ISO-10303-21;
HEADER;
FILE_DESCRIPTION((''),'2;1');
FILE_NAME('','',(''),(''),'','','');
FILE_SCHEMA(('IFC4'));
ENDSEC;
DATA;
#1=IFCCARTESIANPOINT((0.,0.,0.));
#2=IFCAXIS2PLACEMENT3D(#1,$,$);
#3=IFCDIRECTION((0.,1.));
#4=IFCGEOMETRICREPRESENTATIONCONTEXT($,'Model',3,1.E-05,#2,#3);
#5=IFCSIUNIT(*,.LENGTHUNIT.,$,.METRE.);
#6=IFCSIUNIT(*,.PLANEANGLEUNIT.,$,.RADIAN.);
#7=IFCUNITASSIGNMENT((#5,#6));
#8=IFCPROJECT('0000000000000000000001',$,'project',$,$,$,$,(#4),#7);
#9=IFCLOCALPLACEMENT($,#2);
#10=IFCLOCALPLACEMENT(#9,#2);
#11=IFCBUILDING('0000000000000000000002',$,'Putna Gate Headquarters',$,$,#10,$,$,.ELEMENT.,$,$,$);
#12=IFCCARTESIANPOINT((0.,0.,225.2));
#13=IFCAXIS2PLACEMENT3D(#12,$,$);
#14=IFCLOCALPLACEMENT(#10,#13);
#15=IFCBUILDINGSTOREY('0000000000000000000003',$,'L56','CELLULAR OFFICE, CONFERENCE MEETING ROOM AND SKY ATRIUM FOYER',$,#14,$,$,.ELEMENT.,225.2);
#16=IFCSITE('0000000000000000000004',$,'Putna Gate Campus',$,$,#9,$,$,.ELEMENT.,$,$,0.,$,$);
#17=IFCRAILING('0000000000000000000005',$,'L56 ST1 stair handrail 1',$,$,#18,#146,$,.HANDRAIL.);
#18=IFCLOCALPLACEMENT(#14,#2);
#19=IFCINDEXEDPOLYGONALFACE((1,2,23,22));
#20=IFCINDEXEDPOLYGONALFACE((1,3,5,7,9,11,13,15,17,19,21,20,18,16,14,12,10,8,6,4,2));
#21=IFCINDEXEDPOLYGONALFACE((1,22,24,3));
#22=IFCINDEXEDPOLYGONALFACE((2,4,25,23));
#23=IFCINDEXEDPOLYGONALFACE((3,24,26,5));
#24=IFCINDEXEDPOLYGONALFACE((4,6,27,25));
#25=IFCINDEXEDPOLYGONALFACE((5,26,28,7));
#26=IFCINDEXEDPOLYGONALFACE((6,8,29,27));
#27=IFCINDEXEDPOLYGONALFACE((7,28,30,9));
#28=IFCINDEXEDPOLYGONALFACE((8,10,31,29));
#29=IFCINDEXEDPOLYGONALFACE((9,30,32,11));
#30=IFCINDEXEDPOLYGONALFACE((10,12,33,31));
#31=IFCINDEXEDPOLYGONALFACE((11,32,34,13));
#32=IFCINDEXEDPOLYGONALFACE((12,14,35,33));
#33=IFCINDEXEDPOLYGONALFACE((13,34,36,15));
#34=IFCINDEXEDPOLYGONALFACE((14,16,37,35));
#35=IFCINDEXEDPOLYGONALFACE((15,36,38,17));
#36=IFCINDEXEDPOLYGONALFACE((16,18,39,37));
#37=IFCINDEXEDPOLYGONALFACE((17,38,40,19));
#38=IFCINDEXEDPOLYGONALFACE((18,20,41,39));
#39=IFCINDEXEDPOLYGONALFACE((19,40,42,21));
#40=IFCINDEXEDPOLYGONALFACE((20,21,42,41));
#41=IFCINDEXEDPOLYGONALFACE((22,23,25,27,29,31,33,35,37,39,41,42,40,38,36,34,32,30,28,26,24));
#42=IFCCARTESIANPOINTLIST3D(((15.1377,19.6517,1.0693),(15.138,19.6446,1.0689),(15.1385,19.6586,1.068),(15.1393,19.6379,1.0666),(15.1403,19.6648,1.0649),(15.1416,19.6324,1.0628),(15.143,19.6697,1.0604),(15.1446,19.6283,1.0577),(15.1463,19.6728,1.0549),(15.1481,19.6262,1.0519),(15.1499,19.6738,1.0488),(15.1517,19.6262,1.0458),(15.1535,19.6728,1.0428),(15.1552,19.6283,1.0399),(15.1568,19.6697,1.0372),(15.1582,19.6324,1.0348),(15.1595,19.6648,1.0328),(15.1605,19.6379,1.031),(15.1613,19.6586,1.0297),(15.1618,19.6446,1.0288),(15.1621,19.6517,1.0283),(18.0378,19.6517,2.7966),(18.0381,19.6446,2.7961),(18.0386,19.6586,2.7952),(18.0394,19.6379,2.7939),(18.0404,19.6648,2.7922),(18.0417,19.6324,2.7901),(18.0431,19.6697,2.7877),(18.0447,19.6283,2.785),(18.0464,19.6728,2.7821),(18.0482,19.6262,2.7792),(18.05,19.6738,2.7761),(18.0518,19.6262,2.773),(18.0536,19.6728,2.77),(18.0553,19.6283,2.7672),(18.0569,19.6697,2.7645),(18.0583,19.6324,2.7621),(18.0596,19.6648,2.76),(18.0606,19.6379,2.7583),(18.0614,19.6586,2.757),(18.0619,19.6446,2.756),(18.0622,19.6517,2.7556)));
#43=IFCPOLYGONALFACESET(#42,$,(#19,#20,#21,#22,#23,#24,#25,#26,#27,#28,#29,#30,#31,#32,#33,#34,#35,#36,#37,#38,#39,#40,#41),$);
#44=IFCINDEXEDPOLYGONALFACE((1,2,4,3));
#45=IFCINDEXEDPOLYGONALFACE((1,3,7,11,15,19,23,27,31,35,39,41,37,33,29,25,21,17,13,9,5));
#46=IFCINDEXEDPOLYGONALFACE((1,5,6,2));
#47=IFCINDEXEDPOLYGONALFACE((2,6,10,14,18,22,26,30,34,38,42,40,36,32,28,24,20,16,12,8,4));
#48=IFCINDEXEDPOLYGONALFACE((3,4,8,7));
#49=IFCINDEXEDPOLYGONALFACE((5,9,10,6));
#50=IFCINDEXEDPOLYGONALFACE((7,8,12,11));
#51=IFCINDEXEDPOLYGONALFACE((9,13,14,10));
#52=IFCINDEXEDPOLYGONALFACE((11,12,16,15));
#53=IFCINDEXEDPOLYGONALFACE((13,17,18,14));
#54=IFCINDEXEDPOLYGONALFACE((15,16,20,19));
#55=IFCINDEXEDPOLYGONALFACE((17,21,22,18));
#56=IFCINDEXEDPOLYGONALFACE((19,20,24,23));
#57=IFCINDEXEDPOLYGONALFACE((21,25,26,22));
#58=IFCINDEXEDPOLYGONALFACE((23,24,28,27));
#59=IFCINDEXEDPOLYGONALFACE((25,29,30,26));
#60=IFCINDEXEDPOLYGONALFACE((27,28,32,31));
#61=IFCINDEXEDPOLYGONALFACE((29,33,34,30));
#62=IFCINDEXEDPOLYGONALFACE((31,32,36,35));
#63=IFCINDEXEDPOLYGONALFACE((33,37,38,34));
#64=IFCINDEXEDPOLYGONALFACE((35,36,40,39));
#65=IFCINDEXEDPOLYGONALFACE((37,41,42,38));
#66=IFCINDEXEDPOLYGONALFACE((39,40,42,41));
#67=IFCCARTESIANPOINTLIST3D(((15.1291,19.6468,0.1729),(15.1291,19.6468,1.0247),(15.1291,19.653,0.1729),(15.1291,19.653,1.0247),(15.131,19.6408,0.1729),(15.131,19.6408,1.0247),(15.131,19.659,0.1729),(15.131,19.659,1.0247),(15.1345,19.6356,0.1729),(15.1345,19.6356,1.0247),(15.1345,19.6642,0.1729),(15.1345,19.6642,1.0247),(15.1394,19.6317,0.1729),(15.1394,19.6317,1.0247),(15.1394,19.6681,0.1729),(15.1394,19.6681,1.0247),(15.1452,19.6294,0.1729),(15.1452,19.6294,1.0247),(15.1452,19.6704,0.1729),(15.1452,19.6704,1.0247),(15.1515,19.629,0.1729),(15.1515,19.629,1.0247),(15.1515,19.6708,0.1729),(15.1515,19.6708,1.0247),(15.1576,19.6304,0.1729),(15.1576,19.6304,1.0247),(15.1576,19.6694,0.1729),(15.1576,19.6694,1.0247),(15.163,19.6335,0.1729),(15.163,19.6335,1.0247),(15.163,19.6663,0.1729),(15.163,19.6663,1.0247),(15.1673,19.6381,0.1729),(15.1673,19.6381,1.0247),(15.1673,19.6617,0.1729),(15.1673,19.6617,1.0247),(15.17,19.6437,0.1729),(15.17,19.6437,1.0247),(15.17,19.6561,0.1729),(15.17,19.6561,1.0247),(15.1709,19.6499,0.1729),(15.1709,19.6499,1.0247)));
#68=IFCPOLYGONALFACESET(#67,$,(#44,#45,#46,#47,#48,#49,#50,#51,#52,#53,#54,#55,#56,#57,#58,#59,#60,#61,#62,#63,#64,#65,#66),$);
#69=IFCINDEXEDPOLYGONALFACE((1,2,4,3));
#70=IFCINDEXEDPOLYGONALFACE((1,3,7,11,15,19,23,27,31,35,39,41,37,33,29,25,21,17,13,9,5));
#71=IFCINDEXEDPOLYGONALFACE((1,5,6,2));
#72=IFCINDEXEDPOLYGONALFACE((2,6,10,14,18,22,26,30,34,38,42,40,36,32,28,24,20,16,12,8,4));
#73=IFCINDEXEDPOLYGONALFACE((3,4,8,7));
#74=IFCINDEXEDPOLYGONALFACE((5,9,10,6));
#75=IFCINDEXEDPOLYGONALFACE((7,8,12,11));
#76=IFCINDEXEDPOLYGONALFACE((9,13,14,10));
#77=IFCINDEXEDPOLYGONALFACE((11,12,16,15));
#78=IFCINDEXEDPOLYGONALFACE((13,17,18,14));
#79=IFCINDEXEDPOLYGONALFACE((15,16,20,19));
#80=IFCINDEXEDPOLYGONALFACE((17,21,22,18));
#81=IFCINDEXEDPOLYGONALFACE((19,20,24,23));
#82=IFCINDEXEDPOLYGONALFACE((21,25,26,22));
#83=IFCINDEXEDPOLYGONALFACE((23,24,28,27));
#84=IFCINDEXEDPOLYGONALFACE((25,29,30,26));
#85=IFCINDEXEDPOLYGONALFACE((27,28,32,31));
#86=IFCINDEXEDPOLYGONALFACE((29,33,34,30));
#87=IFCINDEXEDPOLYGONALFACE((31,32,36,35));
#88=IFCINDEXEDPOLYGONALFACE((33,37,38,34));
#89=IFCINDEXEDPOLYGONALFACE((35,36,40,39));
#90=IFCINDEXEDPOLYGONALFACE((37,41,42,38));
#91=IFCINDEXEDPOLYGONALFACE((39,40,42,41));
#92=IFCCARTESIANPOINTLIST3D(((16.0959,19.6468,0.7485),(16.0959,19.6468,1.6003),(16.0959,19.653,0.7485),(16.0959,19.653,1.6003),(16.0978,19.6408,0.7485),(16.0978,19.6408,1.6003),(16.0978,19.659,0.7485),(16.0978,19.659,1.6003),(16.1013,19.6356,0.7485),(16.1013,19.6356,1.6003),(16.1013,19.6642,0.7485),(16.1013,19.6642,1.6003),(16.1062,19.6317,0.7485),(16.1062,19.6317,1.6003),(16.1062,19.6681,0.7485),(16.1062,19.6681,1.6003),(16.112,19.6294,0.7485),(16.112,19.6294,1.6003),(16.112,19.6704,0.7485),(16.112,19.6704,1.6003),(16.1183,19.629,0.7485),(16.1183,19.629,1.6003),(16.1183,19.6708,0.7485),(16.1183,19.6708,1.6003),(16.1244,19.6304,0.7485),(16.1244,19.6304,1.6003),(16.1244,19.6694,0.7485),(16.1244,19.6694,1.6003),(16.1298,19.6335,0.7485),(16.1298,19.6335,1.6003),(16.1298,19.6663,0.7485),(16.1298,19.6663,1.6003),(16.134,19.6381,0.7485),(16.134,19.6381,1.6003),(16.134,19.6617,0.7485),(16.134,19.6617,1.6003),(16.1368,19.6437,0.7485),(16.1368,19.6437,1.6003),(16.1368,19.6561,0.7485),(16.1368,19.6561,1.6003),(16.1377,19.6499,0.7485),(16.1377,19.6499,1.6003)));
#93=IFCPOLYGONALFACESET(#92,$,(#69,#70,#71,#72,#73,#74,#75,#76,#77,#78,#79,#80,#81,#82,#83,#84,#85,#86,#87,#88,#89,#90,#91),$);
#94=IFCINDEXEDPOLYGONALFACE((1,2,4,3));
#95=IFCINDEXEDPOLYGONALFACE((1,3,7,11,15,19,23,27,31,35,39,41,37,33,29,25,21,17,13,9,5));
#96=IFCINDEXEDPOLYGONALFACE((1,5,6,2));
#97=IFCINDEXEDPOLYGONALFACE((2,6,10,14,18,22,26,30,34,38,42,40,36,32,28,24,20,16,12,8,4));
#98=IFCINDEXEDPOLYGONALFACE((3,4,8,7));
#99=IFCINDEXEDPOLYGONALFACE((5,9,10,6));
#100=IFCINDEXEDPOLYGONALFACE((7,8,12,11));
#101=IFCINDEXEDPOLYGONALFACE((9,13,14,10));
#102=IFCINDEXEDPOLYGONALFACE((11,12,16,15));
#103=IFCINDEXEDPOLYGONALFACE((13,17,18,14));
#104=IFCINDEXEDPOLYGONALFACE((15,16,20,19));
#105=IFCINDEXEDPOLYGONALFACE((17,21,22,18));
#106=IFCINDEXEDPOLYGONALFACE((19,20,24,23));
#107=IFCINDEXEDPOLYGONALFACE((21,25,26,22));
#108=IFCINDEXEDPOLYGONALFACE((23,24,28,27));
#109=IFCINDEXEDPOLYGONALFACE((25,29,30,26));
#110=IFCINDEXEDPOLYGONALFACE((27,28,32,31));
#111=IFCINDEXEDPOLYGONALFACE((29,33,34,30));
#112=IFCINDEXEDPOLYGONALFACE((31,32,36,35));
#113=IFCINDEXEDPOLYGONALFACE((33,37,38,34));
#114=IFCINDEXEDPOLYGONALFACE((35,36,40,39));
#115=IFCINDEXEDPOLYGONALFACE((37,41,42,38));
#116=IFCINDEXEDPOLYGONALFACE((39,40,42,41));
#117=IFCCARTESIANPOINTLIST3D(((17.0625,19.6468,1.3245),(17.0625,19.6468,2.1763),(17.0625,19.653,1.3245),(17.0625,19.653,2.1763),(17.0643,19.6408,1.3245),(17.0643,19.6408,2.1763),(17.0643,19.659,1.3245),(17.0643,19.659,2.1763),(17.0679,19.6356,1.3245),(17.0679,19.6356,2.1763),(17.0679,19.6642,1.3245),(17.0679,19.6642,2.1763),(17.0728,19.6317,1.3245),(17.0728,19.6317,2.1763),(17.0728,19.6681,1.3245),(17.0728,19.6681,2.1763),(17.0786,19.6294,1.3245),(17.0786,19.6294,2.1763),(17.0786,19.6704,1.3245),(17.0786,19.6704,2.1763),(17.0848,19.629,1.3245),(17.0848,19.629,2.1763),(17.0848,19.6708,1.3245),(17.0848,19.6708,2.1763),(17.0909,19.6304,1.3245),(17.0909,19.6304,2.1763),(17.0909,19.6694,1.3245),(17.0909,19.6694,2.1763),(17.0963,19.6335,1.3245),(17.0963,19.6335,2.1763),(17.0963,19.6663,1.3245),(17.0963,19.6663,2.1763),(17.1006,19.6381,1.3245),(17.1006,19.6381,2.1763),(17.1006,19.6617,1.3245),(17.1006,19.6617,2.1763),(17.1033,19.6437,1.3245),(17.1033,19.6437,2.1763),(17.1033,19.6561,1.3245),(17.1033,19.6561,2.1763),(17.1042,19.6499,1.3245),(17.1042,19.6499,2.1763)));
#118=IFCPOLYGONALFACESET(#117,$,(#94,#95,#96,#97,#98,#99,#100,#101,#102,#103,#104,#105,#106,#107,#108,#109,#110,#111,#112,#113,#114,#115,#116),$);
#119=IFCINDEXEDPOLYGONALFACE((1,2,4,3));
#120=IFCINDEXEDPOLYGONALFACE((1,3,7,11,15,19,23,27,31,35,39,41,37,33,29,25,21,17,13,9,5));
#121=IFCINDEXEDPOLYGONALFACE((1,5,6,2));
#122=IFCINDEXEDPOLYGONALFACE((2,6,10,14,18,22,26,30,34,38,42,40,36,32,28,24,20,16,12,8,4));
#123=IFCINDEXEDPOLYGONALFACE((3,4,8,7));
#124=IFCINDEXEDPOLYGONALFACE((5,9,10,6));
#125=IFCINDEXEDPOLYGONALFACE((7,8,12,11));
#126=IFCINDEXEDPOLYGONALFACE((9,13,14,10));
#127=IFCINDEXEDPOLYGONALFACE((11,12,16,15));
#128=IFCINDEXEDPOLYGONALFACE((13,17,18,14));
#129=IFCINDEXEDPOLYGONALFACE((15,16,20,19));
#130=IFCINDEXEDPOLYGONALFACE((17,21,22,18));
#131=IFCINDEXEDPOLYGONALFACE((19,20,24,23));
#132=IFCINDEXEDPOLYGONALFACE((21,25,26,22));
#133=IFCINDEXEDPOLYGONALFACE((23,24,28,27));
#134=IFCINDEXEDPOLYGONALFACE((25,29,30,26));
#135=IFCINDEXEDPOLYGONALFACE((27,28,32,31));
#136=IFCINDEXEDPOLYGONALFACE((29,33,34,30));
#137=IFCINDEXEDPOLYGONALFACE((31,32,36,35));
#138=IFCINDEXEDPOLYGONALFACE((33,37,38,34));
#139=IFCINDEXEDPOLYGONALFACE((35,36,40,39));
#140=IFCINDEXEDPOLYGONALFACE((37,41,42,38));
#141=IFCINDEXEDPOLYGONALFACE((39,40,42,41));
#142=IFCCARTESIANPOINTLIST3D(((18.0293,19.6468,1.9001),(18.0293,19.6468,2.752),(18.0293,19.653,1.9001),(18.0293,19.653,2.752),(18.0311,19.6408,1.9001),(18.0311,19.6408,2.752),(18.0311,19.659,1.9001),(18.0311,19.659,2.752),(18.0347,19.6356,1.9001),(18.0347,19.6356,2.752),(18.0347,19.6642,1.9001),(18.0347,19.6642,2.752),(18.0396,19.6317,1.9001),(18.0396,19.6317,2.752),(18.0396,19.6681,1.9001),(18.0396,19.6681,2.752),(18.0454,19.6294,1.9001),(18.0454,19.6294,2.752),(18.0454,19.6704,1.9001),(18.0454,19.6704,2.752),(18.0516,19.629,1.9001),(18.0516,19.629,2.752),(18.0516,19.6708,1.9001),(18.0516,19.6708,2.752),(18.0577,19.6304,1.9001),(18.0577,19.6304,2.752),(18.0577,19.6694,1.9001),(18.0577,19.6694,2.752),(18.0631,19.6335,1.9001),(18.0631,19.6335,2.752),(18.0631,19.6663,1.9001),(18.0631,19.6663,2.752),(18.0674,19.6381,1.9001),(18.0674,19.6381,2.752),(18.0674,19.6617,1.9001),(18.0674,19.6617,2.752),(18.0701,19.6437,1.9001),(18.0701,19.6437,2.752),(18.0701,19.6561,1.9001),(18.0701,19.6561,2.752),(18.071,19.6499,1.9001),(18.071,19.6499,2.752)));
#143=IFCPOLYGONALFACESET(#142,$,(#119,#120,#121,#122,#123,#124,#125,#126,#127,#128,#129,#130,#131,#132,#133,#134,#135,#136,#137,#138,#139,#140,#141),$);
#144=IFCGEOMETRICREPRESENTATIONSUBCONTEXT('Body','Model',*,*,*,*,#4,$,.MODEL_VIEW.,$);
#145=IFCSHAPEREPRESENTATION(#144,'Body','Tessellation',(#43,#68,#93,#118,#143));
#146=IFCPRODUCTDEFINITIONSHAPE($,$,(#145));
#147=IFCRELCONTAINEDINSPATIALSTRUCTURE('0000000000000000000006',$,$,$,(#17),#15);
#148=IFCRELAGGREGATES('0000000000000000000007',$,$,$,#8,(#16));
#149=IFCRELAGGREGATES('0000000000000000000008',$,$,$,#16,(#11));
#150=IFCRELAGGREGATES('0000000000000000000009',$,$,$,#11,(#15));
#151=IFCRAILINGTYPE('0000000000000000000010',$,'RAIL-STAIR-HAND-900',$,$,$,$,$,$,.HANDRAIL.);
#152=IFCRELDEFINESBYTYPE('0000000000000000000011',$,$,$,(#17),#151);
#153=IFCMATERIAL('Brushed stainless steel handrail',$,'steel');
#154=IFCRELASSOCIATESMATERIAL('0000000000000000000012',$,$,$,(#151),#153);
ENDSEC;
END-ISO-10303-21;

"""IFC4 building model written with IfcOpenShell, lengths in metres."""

from ifc_helpers import new_model, si_unit, direction, frame, origin, origin_2d, place, context, subcontext, project, spatial, circle, extrude, material, type_object, element, save


model = new_model("IFC4")

# Units and contexts
model_context = context("Model", 3, precision=1e-05, world=origin(), true_north=direction((0.0, 1.0)))
body_context = subcontext(model_context, "Body", "Model", "MODEL_VIEW")
ifc_project = project(units=[si_unit("LENGTHUNIT", "METRE"), si_unit("PLANEANGLEUNIT", "RADIAN")], contexts=[model_context])

# Site, building, storey
site_placement = place(None, origin())
site = spatial("IfcSite", under=ifc_project, at=site_placement, Name="Putna Gate Campus", CompositionType="ELEMENT", RefElevation=0.0)
building_placement = place(site_placement, origin())
building = spatial("IfcBuilding", under=site, at=building_placement, Name="Putna Gate Headquarters", CompositionType="ELEMENT")
storey_placement = place(building_placement, frame((0.0, 0.0, 225.2)))
storey = spatial("IfcBuildingStorey", under=building, at=storey_placement, Name="L56", Description="CELLULAR OFFICE, CONFERENCE MEETING ROOM AND SKY ATRIUM FOYER", CompositionType="ELEMENT", Elevation=225.2)

# Railing
ifc_material_1 = material(Name="Brushed stainless steel handrail", Category="steel")
railing_type_1 = type_object("IfcRailingType", Name="RAIL-STAIR-HAND-900", PredefinedType="HANDRAIL", material=ifc_material_1)
railing_1_placement = place(storey_placement, frame((15.1499, 19.6499, 0.1729)))
element("IfcRailing", 1, at=railing_1_placement, inside=storey, type_object=railing_type_1, Name="L56 ST1 stair handrail 1", PredefinedType="HANDRAIL", context=body_context, shape_type="SweptSolid", body=[
    extrude(circle(Radius=0.0239, at=origin_2d()), frame((0.0, 0.0, 0.876), z_axis=(0.85916, 0.0, 0.511706), x_axis=(0.0, 1.0, 0.0)), (0.0, 0.0, 1.0), 3.3755),
    extrude(circle(Radius=0.021, at=origin_2d()), origin(), (0.0, 0.0, 1.0), 0.8518),
    extrude(circle(Radius=0.021, at=origin_2d()), frame((0.9668, 0.0, 0.5757)), (0.0, 0.0, 1.0), 0.8518),
    extrude(circle(Radius=0.021, at=origin_2d()), frame((1.9333, 0.0, 1.1516)), (0.0, 0.0, 1.0), 0.8518),
    extrude(circle(Radius=0.021, at=origin_2d()), frame((2.9001, 0.0, 1.7273)), (0.0, 0.0, 1.0), 0.8518),
])

save(model, "model.ifc")
